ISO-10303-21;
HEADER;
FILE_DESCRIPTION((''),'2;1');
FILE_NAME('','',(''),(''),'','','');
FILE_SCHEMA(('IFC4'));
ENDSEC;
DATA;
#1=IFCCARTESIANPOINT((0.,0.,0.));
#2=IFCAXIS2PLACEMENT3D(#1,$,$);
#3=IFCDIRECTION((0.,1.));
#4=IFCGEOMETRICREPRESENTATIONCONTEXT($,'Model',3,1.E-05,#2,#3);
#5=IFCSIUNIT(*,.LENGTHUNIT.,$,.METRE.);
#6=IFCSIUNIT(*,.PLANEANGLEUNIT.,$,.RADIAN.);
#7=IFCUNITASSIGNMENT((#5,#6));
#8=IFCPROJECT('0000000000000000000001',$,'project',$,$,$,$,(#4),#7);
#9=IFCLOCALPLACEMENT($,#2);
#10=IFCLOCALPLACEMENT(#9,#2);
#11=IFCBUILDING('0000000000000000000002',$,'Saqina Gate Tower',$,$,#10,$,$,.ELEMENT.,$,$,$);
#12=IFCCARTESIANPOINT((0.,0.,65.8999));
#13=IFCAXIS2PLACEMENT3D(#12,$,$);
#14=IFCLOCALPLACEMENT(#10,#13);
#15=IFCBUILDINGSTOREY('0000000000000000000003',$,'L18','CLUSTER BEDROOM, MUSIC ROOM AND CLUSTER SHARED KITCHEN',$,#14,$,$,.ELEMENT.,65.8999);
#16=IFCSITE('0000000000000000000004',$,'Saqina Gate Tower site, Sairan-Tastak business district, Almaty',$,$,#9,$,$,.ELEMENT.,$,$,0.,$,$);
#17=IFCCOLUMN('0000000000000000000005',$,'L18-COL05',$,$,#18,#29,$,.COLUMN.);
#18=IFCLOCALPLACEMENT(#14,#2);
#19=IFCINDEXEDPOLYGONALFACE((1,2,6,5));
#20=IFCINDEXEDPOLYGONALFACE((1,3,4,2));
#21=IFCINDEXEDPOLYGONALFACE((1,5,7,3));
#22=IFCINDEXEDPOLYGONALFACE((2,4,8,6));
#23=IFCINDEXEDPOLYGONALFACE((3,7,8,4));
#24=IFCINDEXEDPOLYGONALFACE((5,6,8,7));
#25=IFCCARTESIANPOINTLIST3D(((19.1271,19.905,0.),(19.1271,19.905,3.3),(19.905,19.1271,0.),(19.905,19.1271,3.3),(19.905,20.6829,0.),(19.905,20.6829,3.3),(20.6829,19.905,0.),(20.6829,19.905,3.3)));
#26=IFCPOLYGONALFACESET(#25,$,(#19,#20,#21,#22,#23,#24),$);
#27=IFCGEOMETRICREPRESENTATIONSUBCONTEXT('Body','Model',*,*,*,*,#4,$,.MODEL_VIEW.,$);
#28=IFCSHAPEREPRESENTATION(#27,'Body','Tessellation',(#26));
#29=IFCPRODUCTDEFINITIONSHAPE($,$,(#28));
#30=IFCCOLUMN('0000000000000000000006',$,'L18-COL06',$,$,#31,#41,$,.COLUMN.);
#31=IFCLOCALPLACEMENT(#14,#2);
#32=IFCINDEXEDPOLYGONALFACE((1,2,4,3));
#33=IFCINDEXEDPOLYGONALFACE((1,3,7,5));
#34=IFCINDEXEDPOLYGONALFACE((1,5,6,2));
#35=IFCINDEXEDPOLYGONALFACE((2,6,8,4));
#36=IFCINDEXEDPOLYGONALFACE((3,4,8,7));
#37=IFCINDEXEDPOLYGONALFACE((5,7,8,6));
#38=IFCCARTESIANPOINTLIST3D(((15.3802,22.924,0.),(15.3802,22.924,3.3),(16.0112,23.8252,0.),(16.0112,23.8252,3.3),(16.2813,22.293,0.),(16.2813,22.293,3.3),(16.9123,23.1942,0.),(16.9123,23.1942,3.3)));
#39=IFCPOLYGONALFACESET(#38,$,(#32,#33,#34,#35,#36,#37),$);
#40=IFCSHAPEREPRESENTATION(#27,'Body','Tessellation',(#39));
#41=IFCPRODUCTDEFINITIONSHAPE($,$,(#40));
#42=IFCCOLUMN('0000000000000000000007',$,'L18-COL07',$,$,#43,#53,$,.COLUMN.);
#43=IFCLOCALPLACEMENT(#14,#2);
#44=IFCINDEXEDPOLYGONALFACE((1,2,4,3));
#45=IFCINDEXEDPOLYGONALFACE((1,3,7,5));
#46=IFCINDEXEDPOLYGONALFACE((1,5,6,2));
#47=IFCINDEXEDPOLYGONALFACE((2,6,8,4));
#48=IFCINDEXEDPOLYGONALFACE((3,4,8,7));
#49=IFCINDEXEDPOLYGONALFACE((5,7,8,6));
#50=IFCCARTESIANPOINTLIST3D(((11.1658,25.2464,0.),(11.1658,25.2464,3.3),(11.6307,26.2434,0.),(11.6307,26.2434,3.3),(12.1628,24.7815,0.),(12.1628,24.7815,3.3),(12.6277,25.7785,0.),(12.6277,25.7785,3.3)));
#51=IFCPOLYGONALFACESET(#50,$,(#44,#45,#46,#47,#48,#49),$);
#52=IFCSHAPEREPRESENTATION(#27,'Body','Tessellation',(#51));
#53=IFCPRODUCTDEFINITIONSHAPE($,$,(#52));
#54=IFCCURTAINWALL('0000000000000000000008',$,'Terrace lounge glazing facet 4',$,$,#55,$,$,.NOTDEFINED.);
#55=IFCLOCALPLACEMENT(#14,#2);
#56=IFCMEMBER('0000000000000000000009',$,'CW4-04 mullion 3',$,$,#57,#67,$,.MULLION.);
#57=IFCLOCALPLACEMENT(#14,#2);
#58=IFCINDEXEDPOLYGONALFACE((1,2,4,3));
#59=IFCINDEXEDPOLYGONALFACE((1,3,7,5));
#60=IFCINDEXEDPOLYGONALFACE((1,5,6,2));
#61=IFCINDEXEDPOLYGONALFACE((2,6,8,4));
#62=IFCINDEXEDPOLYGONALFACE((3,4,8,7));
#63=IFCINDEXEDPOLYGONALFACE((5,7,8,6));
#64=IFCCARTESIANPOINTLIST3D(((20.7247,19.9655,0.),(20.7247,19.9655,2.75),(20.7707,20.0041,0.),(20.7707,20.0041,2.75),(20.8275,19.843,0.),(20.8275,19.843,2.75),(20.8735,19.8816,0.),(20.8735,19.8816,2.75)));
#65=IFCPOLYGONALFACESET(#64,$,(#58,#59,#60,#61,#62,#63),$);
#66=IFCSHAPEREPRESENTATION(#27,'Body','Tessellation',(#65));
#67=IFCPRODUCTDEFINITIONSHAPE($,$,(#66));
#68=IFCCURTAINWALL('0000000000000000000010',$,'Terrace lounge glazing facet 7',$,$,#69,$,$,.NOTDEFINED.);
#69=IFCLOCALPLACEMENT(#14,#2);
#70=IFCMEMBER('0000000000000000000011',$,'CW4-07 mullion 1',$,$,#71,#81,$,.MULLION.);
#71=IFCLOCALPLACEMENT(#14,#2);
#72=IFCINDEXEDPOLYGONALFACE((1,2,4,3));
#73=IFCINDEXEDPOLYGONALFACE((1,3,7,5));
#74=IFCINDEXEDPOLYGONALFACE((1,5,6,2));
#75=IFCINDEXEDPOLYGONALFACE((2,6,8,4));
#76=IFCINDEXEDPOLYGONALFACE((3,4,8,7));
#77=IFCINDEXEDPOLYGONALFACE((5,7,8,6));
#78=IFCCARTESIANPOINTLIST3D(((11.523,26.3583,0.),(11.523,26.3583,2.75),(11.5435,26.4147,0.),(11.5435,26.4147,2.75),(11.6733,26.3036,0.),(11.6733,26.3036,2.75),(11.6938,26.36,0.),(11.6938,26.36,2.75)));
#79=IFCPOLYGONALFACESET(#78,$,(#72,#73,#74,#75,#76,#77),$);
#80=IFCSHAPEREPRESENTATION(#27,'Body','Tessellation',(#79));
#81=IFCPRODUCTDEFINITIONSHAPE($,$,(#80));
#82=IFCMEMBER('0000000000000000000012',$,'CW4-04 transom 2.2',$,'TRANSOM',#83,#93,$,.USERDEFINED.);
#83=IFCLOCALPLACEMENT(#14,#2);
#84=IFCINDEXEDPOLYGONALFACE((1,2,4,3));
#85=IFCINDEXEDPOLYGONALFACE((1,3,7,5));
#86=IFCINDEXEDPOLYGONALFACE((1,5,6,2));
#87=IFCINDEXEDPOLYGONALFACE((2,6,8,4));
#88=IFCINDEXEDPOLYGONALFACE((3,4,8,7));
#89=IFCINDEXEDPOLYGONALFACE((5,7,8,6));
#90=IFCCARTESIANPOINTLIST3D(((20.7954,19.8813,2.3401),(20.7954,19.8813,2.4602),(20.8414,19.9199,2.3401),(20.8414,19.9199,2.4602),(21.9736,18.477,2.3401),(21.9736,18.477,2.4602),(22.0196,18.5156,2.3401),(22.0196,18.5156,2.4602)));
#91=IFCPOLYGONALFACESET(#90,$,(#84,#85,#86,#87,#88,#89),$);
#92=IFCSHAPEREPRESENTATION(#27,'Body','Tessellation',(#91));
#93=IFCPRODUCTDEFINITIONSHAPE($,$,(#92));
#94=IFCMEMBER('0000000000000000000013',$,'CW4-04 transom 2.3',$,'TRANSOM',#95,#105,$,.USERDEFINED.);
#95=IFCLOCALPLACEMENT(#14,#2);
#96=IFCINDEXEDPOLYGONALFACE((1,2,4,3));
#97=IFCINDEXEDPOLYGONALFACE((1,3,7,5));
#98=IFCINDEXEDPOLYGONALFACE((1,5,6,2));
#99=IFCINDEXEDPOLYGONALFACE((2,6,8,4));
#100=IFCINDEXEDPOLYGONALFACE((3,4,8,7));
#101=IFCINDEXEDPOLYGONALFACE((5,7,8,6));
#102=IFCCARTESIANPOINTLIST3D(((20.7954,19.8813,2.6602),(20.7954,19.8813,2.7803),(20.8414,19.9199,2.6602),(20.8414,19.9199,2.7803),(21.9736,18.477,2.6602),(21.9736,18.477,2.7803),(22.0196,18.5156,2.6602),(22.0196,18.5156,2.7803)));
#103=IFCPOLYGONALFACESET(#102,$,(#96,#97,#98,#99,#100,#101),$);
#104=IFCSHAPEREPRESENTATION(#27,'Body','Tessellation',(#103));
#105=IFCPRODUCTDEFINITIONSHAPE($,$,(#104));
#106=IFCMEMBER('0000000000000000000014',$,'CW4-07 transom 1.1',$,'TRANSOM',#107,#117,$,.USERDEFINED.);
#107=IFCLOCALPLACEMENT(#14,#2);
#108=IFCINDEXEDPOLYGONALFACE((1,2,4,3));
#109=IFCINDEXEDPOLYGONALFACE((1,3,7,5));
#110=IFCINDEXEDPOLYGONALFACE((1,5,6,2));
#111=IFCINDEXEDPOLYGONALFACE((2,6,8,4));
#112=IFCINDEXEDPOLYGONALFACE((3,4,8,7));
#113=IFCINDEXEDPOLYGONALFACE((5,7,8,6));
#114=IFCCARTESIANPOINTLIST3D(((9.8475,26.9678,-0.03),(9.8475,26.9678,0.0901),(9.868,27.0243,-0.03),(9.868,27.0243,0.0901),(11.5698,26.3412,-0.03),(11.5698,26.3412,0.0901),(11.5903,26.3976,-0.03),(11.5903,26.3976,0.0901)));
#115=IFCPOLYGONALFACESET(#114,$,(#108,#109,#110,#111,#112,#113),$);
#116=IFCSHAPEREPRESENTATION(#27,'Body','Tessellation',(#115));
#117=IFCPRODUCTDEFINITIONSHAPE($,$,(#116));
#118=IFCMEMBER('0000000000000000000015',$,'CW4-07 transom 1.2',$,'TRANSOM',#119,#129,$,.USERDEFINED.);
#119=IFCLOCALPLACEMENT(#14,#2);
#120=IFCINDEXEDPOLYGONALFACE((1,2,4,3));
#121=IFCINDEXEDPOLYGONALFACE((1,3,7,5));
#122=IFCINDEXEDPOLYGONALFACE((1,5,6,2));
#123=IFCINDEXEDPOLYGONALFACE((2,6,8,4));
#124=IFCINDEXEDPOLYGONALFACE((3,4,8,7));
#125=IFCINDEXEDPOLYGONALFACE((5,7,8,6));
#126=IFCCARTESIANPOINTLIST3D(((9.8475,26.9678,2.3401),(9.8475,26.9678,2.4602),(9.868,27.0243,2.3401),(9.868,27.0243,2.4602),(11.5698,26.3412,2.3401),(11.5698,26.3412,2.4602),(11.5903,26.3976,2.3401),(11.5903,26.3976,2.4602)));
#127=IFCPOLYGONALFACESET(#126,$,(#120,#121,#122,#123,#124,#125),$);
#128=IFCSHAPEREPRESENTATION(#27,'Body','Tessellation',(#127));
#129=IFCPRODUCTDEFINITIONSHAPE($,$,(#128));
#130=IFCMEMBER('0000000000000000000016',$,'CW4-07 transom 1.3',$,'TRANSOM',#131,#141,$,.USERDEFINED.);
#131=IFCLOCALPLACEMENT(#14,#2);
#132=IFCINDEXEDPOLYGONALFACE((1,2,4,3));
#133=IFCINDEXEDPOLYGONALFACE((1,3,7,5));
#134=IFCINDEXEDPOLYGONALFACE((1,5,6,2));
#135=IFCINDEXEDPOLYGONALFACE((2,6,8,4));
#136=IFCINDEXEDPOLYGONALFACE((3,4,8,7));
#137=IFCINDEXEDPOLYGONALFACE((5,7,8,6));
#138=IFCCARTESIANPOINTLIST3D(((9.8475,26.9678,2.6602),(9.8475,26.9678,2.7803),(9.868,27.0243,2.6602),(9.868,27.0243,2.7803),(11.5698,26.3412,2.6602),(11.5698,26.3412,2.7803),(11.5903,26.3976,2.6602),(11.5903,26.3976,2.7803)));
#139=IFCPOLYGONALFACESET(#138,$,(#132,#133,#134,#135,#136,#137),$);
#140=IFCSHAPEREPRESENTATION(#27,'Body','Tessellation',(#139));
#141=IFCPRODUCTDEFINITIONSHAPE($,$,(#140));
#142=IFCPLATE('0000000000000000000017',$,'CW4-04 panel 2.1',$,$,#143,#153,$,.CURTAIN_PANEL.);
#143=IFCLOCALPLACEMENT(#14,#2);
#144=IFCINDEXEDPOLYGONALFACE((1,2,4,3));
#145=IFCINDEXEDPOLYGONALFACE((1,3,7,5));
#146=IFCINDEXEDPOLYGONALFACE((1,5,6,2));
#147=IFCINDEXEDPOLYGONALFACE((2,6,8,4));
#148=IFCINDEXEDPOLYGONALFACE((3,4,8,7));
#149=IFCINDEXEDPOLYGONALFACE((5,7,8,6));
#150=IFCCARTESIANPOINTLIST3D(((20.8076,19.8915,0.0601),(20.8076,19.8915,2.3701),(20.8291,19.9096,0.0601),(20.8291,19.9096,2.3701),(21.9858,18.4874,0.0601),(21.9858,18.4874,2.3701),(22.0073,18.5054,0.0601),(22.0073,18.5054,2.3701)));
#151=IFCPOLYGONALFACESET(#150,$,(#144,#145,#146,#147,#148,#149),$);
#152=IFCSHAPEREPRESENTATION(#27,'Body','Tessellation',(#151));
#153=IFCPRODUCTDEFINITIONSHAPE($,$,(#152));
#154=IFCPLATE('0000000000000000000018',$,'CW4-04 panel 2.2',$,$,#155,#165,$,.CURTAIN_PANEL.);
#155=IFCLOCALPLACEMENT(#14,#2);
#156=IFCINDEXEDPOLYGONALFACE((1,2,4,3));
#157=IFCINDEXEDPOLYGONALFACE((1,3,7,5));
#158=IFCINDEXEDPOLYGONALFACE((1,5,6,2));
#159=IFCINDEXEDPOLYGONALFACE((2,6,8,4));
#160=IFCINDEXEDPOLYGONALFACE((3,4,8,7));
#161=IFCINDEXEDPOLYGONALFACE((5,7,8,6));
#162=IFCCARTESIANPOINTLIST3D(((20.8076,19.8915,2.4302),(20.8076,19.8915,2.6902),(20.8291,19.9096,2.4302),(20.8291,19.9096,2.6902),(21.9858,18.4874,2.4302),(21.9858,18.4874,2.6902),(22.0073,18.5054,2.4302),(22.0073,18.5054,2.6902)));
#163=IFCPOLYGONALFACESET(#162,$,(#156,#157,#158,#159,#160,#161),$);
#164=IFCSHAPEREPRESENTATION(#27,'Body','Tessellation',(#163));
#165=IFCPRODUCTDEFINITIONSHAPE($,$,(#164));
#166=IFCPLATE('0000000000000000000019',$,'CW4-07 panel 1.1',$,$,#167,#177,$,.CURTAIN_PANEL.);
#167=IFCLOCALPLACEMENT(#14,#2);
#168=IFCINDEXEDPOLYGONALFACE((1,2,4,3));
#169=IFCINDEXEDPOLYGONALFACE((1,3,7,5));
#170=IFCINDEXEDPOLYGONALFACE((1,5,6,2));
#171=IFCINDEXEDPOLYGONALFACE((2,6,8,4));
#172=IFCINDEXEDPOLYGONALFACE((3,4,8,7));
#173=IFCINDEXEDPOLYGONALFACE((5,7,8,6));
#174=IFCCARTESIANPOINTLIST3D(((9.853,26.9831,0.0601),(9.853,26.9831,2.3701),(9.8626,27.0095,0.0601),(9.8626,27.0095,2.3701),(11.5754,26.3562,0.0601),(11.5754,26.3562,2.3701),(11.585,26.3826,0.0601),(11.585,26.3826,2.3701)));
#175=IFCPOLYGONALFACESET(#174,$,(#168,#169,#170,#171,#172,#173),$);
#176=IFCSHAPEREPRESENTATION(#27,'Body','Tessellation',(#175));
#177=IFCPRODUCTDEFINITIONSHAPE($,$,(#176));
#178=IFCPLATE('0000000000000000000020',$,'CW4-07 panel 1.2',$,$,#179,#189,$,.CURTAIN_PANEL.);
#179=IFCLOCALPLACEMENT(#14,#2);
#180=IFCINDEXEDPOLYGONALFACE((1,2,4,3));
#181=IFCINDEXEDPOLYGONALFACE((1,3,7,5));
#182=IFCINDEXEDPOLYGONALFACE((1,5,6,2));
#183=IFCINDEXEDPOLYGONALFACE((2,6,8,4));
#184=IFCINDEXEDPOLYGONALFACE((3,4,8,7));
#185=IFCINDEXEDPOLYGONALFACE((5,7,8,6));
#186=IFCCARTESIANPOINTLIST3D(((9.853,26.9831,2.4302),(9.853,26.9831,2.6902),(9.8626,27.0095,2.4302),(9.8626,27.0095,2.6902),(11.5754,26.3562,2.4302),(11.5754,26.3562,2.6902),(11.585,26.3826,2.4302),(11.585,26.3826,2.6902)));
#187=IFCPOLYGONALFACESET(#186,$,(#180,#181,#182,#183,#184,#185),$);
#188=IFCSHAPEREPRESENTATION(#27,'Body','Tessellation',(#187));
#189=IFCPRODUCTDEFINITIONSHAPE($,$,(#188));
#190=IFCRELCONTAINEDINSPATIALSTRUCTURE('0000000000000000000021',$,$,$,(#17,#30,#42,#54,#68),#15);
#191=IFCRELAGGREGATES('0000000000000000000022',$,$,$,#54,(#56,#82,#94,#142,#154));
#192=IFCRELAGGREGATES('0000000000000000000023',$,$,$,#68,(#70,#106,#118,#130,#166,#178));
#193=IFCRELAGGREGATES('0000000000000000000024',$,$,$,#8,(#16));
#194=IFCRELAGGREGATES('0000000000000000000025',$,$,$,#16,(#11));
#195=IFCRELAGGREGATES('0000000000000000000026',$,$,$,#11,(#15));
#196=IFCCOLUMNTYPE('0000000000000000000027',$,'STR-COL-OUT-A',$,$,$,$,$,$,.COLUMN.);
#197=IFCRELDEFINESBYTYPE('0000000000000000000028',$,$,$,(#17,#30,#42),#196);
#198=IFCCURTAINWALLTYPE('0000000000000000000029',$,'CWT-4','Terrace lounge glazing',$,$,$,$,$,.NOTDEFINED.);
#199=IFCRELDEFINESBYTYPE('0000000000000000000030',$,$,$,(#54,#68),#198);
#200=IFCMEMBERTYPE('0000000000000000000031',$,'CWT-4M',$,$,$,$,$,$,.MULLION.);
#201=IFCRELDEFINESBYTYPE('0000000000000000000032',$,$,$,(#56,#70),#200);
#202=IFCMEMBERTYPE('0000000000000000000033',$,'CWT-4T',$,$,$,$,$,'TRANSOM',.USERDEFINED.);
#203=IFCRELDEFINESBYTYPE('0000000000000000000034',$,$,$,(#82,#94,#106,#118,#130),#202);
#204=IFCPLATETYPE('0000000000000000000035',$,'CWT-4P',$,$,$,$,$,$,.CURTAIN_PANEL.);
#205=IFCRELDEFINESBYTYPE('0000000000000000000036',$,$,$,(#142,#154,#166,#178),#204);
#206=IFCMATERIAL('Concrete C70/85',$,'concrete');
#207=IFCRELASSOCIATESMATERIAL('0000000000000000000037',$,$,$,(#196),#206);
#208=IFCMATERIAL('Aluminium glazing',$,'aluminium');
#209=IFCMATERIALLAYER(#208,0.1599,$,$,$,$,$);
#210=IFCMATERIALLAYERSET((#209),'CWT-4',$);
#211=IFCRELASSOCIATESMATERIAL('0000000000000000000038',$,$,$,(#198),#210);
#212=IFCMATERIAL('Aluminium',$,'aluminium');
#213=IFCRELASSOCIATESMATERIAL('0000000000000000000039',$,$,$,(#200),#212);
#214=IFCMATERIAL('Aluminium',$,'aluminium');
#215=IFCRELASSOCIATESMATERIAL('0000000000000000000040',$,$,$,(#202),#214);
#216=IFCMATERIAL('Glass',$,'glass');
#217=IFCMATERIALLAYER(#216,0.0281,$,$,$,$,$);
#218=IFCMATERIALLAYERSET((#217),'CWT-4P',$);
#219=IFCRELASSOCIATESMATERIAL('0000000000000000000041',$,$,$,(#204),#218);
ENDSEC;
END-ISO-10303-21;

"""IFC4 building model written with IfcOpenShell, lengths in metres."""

from ifc_helpers import new_model, si_unit, direction, frame, origin, origin_2d, place, context, subcontext, project, spatial, rectangle, extrude, material, layer, layer_set, material_profile, profile_set, type_object, element, aggregate, save


model = new_model("IFC4")

# Units and contexts
model_context = context("Model", 3, precision=1e-05, world=origin(), true_north=direction((0.0, 1.0)))
body_context = subcontext(model_context, "Body", "Model", "MODEL_VIEW")
ifc_project = project(units=[si_unit("LENGTHUNIT", "METRE"), si_unit("PLANEANGLEUNIT", "RADIAN")], contexts=[model_context])

# Site, building, storey
site_placement = place(None, origin())
site = spatial("IfcSite", under=ifc_project, at=site_placement, Name="Saqina Gate Tower site, Sairan-Tastak business district, Almaty", CompositionType="ELEMENT", RefElevation=0.0)
building_placement = place(site_placement, origin())
building = spatial("IfcBuilding", under=site, at=building_placement, Name="Saqina Gate Tower", CompositionType="ELEMENT")
storey_placement = place(building_placement, frame((0.0, 0.0, 65.8999)))
storey = spatial("IfcBuildingStorey", under=building, at=storey_placement, Name="L18", Description="CLUSTER BEDROOM, MUSIC ROOM AND CLUSTER SHARED KITCHEN", CompositionType="ELEMENT", Elevation=65.8999)

# Columns
ifc_material_1 = material(Name="Concrete C70/85", Category="concrete")
ifc_material_profile_1 = material_profile(ifc_material_1, rectangle(XDim=1.1001, YDim=1.1001, at=origin_2d()), Name="RC 1100x1100")
ifc_profile_set_1 = profile_set([ifc_material_profile_1], Name="Concrete C70/85")
column_type = type_object("IfcColumnType", Name="STR-COL-OUT-A", PredefinedType="COLUMN", material=ifc_profile_set_1)
for number, where, z_axis, x_axis, name in (
    (1, (19.905, 19.905, 0.0), (0.0, 0.0, 1.0), (0.707107, 0.707107, 0.0), "L18-COL05"),
    (2, (16.1462, 23.0591, 0.0), (0.0, 0.0, 1.0), (0.573576, 0.819152, 0.0), "L18-COL06"),
    (3, (11.8967, 25.5125, 0.0), (0.0, 0.0, 1.0), (0.422618, 0.906308, 0.0), "L18-COL07"),
):
    element("IfcColumn", number, at=place(storey_placement, frame(where, z_axis=z_axis, x_axis=x_axis)), inside=storey, type_object=column_type, Name=name, PredefinedType="COLUMN", context=body_context, shape_type="SweptSolid", body=[
        extrude(rectangle(XDim=1.1001, YDim=1.1001, at=origin_2d()), origin(), (0.0, 0.0, 1.0), 3.3),
    ])

# Curtain walls, members
ifc_material_2 = material(Name="Aluminium glazing", Category="aluminium")
ifc_layer_1 = layer(ifc_material_2, 0.1599)
ifc_layer_set_1 = layer_set([ifc_layer_1], Name="CWT-4")
curtain_wall_type = type_object("IfcCurtainWallType", Name="CWT-4", Description="Terrace lounge glazing", PredefinedType="NOTDEFINED", material=ifc_layer_set_1)
curtain_wall_1_placement = place(storey_placement, origin())
curtain_wall_1 = element("IfcCurtainWall", 4, at=curtain_wall_1_placement, inside=storey, type_object=curtain_wall_type, Name="Terrace lounge glazing facet 4", PredefinedType="NOTDEFINED")
ifc_material_3 = material(Name="Aluminium", Category="aluminium")
ifc_material_profile_2 = material_profile(ifc_material_3, rectangle(XDim=0.0601, YDim=0.1599, at=origin_2d()), Name="Aluminium 60x160")
ifc_profile_set_2 = profile_set([ifc_material_profile_2], Name="Aluminium")
member_type_1 = type_object("IfcMemberType", Name="CWT-4M", PredefinedType="MULLION", material=ifc_profile_set_2)
member_1_placement = place(storey_placement, frame((20.7991, 19.9236, 0.0), z_axis=(0.0, 0.0, 1.0), x_axis=(-0.766041, -0.642792, 0.0)))
member_1 = element("IfcMember", 5, at=member_1_placement, type_object=member_type_1, Name="CW4-04 mullion 3", PredefinedType="MULLION", context=body_context, shape_type="SweptSolid", body=[
    extrude(rectangle(XDim=0.0601, YDim=0.1599, at=origin_2d()), origin(), (0.0, 0.0, 1.0), 2.75),
])
curtain_wall_2_placement = place(storey_placement, origin())
curtain_wall_2 = element("IfcCurtainWall", 6, at=curtain_wall_2_placement, inside=storey, type_object=curtain_wall_type, Name="Terrace lounge glazing facet 7", PredefinedType="NOTDEFINED")
member_2_placement = place(storey_placement, frame((11.6084, 26.3591, 0.0), z_axis=(0.0, 0.0, 1.0), x_axis=(-0.342008, -0.939697, 0.0)))
member_2 = element("IfcMember", 7, at=member_2_placement, type_object=member_type_1, Name="CW4-07 mullion 1", PredefinedType="MULLION", context=body_context, shape_type="SweptSolid", body=[
    extrude(rectangle(XDim=0.0601, YDim=0.1599, at=origin_2d()), origin(), (0.0, 0.0, 1.0), 2.75),
])

# Members
ifc_material_4 = material(Name="Aluminium", Category="aluminium")
ifc_material_profile_3 = material_profile(ifc_material_4, rectangle(XDim=0.0601, YDim=0.1201, at=origin_2d()), Name="Aluminium 60x120")
ifc_profile_set_3 = profile_set([ifc_material_profile_3], Name="Aluminium")
member_type_2 = type_object("IfcMemberType", Name="CWT-4T", ElementType="TRANSOM", PredefinedType="USERDEFINED", material=ifc_profile_set_3)
member_3_placement = place(storey_placement, frame((21.9966, 18.4963, 2.4001), z_axis=(-0.642748, 0.766077, 0.0), x_axis=(-0.766077, -0.642748, 0.0)))
member_3 = element("IfcMember", 8, at=member_3_placement, type_object=member_type_2, Name="CW4-04 transom 2.2", ObjectType="TRANSOM", PredefinedType="USERDEFINED", context=body_context, shape_type="SweptSolid", body=[
    extrude(rectangle(XDim=0.0601, YDim=0.1201, at=origin_2d()), origin(), (0.0, 0.0, 1.0), 1.833),
])
member_4_placement = place(storey_placement, frame((21.9966, 18.4963, 2.7202), z_axis=(-0.642748, 0.766077, 0.0), x_axis=(-0.766077, -0.642748, 0.0)))
member_4 = element("IfcMember", 9, at=member_4_placement, type_object=member_type_2, Name="CW4-04 transom 2.3", ObjectType="TRANSOM", PredefinedType="USERDEFINED", context=body_context, shape_type="SweptSolid", body=[
    extrude(rectangle(XDim=0.0601, YDim=0.1201, at=origin_2d()), origin(), (0.0, 0.0, 1.0), 1.833),
])
member_5_placement = place(storey_placement, frame((11.5801, 26.3694, 0.03), z_axis=(-0.939727, 0.341925, 0.0), x_axis=(-0.341925, -0.939727, 0.0)))
member_5 = element("IfcMember", 10, at=member_5_placement, type_object=member_type_2, Name="CW4-07 transom 1.1", ObjectType="TRANSOM", PredefinedType="USERDEFINED", context=body_context, shape_type="SweptSolid", body=[
    extrude(rectangle(XDim=0.0601, YDim=0.1201, at=origin_2d()), origin(), (0.0, 0.0, 1.0), 1.8328),
])
member_6_placement = place(storey_placement, frame((11.5801, 26.3694, 2.4001), z_axis=(-0.939727, 0.341925, 0.0), x_axis=(-0.341925, -0.939727, 0.0)))
member_6 = element("IfcMember", 11, at=member_6_placement, type_object=member_type_2, Name="CW4-07 transom 1.2", ObjectType="TRANSOM", PredefinedType="USERDEFINED", context=body_context, shape_type="SweptSolid", body=[
    extrude(rectangle(XDim=0.0601, YDim=0.1201, at=origin_2d()), origin(), (0.0, 0.0, 1.0), 1.8328),
])
member_7_placement = place(storey_placement, frame((11.5801, 26.3694, 2.7202), z_axis=(-0.939727, 0.341925, 0.0), x_axis=(-0.341925, -0.939727, 0.0)))
member_7 = element("IfcMember", 12, at=member_7_placement, type_object=member_type_2, Name="CW4-07 transom 1.3", ObjectType="TRANSOM", PredefinedType="USERDEFINED", context=body_context, shape_type="SweptSolid", body=[
    extrude(rectangle(XDim=0.0601, YDim=0.1201, at=origin_2d()), origin(), (0.0, 0.0, 1.0), 1.8328),
])

# Plates
ifc_material_5 = material(Name="Glass", Category="glass")
ifc_layer_2 = layer(ifc_material_5, 0.0281)
ifc_layer_set_2 = layer_set([ifc_layer_2], Name="CWT-4P")
plate_type = type_object("IfcPlateType", Name="CWT-4P", PredefinedType="CURTAIN_PANEL", material=ifc_layer_set_2)
plate_1_placement = place(storey_placement, frame((21.4075, 19.1985, 0.0601), z_axis=(0.0, 0.0, 1.0), x_axis=(-0.642792, 0.766041, 0.0)))
plate_1 = element("IfcPlate", 13, at=plate_1_placement, type_object=plate_type, Name="CW4-04 panel 2.1", PredefinedType="CURTAIN_PANEL", context=body_context, shape_type="SweptSolid", body=[
    extrude(rectangle(XDim=1.833, YDim=0.0281, at=origin_2d()), origin(), (0.0, 0.0, 1.0), 2.3101),
])
plate_2_placement = place(storey_placement, frame((21.4075, 19.1985, 2.4302), z_axis=(0.0, 0.0, 1.0), x_axis=(-0.642792, 0.766041, 0.0)))
plate_2 = element("IfcPlate", 14, at=plate_2_placement, type_object=plate_type, Name="CW4-04 panel 2.2", PredefinedType="CURTAIN_PANEL", context=body_context, shape_type="SweptSolid", body=[
    extrude(rectangle(XDim=1.833, YDim=0.0281, at=origin_2d()), origin(), (0.0, 0.0, 1.0), 0.26),
])
aggregate(curtain_wall_1, [member_1, member_3, member_4, plate_1, plate_2])
plate_3_placement = place(storey_placement, frame((10.719, 26.6829, 0.0601), z_axis=(0.0, 0.0, 1.0), x_axis=(-0.939697, 0.342008, 0.0)))
plate_3 = element("IfcPlate", 15, at=plate_3_placement, type_object=plate_type, Name="CW4-07 panel 1.1", PredefinedType="CURTAIN_PANEL", context=body_context, shape_type="SweptSolid", body=[
    extrude(rectangle(XDim=1.833, YDim=0.0281, at=origin_2d()), origin(), (0.0, 0.0, 1.0), 2.3101),
])
plate_4_placement = place(storey_placement, frame((10.719, 26.6829, 2.4302), z_axis=(0.0, 0.0, 1.0), x_axis=(-0.939697, 0.342008, 0.0)))
plate_4 = element("IfcPlate", 16, at=plate_4_placement, type_object=plate_type, Name="CW4-07 panel 1.2", PredefinedType="CURTAIN_PANEL", context=body_context, shape_type="SweptSolid", body=[
    extrude(rectangle(XDim=1.833, YDim=0.0281, at=origin_2d()), origin(), (0.0, 0.0, 1.0), 0.26),
])
aggregate(curtain_wall_2, [member_2, member_5, member_6, member_7, plate_3, plate_4])

save(model, "model.ifc")
